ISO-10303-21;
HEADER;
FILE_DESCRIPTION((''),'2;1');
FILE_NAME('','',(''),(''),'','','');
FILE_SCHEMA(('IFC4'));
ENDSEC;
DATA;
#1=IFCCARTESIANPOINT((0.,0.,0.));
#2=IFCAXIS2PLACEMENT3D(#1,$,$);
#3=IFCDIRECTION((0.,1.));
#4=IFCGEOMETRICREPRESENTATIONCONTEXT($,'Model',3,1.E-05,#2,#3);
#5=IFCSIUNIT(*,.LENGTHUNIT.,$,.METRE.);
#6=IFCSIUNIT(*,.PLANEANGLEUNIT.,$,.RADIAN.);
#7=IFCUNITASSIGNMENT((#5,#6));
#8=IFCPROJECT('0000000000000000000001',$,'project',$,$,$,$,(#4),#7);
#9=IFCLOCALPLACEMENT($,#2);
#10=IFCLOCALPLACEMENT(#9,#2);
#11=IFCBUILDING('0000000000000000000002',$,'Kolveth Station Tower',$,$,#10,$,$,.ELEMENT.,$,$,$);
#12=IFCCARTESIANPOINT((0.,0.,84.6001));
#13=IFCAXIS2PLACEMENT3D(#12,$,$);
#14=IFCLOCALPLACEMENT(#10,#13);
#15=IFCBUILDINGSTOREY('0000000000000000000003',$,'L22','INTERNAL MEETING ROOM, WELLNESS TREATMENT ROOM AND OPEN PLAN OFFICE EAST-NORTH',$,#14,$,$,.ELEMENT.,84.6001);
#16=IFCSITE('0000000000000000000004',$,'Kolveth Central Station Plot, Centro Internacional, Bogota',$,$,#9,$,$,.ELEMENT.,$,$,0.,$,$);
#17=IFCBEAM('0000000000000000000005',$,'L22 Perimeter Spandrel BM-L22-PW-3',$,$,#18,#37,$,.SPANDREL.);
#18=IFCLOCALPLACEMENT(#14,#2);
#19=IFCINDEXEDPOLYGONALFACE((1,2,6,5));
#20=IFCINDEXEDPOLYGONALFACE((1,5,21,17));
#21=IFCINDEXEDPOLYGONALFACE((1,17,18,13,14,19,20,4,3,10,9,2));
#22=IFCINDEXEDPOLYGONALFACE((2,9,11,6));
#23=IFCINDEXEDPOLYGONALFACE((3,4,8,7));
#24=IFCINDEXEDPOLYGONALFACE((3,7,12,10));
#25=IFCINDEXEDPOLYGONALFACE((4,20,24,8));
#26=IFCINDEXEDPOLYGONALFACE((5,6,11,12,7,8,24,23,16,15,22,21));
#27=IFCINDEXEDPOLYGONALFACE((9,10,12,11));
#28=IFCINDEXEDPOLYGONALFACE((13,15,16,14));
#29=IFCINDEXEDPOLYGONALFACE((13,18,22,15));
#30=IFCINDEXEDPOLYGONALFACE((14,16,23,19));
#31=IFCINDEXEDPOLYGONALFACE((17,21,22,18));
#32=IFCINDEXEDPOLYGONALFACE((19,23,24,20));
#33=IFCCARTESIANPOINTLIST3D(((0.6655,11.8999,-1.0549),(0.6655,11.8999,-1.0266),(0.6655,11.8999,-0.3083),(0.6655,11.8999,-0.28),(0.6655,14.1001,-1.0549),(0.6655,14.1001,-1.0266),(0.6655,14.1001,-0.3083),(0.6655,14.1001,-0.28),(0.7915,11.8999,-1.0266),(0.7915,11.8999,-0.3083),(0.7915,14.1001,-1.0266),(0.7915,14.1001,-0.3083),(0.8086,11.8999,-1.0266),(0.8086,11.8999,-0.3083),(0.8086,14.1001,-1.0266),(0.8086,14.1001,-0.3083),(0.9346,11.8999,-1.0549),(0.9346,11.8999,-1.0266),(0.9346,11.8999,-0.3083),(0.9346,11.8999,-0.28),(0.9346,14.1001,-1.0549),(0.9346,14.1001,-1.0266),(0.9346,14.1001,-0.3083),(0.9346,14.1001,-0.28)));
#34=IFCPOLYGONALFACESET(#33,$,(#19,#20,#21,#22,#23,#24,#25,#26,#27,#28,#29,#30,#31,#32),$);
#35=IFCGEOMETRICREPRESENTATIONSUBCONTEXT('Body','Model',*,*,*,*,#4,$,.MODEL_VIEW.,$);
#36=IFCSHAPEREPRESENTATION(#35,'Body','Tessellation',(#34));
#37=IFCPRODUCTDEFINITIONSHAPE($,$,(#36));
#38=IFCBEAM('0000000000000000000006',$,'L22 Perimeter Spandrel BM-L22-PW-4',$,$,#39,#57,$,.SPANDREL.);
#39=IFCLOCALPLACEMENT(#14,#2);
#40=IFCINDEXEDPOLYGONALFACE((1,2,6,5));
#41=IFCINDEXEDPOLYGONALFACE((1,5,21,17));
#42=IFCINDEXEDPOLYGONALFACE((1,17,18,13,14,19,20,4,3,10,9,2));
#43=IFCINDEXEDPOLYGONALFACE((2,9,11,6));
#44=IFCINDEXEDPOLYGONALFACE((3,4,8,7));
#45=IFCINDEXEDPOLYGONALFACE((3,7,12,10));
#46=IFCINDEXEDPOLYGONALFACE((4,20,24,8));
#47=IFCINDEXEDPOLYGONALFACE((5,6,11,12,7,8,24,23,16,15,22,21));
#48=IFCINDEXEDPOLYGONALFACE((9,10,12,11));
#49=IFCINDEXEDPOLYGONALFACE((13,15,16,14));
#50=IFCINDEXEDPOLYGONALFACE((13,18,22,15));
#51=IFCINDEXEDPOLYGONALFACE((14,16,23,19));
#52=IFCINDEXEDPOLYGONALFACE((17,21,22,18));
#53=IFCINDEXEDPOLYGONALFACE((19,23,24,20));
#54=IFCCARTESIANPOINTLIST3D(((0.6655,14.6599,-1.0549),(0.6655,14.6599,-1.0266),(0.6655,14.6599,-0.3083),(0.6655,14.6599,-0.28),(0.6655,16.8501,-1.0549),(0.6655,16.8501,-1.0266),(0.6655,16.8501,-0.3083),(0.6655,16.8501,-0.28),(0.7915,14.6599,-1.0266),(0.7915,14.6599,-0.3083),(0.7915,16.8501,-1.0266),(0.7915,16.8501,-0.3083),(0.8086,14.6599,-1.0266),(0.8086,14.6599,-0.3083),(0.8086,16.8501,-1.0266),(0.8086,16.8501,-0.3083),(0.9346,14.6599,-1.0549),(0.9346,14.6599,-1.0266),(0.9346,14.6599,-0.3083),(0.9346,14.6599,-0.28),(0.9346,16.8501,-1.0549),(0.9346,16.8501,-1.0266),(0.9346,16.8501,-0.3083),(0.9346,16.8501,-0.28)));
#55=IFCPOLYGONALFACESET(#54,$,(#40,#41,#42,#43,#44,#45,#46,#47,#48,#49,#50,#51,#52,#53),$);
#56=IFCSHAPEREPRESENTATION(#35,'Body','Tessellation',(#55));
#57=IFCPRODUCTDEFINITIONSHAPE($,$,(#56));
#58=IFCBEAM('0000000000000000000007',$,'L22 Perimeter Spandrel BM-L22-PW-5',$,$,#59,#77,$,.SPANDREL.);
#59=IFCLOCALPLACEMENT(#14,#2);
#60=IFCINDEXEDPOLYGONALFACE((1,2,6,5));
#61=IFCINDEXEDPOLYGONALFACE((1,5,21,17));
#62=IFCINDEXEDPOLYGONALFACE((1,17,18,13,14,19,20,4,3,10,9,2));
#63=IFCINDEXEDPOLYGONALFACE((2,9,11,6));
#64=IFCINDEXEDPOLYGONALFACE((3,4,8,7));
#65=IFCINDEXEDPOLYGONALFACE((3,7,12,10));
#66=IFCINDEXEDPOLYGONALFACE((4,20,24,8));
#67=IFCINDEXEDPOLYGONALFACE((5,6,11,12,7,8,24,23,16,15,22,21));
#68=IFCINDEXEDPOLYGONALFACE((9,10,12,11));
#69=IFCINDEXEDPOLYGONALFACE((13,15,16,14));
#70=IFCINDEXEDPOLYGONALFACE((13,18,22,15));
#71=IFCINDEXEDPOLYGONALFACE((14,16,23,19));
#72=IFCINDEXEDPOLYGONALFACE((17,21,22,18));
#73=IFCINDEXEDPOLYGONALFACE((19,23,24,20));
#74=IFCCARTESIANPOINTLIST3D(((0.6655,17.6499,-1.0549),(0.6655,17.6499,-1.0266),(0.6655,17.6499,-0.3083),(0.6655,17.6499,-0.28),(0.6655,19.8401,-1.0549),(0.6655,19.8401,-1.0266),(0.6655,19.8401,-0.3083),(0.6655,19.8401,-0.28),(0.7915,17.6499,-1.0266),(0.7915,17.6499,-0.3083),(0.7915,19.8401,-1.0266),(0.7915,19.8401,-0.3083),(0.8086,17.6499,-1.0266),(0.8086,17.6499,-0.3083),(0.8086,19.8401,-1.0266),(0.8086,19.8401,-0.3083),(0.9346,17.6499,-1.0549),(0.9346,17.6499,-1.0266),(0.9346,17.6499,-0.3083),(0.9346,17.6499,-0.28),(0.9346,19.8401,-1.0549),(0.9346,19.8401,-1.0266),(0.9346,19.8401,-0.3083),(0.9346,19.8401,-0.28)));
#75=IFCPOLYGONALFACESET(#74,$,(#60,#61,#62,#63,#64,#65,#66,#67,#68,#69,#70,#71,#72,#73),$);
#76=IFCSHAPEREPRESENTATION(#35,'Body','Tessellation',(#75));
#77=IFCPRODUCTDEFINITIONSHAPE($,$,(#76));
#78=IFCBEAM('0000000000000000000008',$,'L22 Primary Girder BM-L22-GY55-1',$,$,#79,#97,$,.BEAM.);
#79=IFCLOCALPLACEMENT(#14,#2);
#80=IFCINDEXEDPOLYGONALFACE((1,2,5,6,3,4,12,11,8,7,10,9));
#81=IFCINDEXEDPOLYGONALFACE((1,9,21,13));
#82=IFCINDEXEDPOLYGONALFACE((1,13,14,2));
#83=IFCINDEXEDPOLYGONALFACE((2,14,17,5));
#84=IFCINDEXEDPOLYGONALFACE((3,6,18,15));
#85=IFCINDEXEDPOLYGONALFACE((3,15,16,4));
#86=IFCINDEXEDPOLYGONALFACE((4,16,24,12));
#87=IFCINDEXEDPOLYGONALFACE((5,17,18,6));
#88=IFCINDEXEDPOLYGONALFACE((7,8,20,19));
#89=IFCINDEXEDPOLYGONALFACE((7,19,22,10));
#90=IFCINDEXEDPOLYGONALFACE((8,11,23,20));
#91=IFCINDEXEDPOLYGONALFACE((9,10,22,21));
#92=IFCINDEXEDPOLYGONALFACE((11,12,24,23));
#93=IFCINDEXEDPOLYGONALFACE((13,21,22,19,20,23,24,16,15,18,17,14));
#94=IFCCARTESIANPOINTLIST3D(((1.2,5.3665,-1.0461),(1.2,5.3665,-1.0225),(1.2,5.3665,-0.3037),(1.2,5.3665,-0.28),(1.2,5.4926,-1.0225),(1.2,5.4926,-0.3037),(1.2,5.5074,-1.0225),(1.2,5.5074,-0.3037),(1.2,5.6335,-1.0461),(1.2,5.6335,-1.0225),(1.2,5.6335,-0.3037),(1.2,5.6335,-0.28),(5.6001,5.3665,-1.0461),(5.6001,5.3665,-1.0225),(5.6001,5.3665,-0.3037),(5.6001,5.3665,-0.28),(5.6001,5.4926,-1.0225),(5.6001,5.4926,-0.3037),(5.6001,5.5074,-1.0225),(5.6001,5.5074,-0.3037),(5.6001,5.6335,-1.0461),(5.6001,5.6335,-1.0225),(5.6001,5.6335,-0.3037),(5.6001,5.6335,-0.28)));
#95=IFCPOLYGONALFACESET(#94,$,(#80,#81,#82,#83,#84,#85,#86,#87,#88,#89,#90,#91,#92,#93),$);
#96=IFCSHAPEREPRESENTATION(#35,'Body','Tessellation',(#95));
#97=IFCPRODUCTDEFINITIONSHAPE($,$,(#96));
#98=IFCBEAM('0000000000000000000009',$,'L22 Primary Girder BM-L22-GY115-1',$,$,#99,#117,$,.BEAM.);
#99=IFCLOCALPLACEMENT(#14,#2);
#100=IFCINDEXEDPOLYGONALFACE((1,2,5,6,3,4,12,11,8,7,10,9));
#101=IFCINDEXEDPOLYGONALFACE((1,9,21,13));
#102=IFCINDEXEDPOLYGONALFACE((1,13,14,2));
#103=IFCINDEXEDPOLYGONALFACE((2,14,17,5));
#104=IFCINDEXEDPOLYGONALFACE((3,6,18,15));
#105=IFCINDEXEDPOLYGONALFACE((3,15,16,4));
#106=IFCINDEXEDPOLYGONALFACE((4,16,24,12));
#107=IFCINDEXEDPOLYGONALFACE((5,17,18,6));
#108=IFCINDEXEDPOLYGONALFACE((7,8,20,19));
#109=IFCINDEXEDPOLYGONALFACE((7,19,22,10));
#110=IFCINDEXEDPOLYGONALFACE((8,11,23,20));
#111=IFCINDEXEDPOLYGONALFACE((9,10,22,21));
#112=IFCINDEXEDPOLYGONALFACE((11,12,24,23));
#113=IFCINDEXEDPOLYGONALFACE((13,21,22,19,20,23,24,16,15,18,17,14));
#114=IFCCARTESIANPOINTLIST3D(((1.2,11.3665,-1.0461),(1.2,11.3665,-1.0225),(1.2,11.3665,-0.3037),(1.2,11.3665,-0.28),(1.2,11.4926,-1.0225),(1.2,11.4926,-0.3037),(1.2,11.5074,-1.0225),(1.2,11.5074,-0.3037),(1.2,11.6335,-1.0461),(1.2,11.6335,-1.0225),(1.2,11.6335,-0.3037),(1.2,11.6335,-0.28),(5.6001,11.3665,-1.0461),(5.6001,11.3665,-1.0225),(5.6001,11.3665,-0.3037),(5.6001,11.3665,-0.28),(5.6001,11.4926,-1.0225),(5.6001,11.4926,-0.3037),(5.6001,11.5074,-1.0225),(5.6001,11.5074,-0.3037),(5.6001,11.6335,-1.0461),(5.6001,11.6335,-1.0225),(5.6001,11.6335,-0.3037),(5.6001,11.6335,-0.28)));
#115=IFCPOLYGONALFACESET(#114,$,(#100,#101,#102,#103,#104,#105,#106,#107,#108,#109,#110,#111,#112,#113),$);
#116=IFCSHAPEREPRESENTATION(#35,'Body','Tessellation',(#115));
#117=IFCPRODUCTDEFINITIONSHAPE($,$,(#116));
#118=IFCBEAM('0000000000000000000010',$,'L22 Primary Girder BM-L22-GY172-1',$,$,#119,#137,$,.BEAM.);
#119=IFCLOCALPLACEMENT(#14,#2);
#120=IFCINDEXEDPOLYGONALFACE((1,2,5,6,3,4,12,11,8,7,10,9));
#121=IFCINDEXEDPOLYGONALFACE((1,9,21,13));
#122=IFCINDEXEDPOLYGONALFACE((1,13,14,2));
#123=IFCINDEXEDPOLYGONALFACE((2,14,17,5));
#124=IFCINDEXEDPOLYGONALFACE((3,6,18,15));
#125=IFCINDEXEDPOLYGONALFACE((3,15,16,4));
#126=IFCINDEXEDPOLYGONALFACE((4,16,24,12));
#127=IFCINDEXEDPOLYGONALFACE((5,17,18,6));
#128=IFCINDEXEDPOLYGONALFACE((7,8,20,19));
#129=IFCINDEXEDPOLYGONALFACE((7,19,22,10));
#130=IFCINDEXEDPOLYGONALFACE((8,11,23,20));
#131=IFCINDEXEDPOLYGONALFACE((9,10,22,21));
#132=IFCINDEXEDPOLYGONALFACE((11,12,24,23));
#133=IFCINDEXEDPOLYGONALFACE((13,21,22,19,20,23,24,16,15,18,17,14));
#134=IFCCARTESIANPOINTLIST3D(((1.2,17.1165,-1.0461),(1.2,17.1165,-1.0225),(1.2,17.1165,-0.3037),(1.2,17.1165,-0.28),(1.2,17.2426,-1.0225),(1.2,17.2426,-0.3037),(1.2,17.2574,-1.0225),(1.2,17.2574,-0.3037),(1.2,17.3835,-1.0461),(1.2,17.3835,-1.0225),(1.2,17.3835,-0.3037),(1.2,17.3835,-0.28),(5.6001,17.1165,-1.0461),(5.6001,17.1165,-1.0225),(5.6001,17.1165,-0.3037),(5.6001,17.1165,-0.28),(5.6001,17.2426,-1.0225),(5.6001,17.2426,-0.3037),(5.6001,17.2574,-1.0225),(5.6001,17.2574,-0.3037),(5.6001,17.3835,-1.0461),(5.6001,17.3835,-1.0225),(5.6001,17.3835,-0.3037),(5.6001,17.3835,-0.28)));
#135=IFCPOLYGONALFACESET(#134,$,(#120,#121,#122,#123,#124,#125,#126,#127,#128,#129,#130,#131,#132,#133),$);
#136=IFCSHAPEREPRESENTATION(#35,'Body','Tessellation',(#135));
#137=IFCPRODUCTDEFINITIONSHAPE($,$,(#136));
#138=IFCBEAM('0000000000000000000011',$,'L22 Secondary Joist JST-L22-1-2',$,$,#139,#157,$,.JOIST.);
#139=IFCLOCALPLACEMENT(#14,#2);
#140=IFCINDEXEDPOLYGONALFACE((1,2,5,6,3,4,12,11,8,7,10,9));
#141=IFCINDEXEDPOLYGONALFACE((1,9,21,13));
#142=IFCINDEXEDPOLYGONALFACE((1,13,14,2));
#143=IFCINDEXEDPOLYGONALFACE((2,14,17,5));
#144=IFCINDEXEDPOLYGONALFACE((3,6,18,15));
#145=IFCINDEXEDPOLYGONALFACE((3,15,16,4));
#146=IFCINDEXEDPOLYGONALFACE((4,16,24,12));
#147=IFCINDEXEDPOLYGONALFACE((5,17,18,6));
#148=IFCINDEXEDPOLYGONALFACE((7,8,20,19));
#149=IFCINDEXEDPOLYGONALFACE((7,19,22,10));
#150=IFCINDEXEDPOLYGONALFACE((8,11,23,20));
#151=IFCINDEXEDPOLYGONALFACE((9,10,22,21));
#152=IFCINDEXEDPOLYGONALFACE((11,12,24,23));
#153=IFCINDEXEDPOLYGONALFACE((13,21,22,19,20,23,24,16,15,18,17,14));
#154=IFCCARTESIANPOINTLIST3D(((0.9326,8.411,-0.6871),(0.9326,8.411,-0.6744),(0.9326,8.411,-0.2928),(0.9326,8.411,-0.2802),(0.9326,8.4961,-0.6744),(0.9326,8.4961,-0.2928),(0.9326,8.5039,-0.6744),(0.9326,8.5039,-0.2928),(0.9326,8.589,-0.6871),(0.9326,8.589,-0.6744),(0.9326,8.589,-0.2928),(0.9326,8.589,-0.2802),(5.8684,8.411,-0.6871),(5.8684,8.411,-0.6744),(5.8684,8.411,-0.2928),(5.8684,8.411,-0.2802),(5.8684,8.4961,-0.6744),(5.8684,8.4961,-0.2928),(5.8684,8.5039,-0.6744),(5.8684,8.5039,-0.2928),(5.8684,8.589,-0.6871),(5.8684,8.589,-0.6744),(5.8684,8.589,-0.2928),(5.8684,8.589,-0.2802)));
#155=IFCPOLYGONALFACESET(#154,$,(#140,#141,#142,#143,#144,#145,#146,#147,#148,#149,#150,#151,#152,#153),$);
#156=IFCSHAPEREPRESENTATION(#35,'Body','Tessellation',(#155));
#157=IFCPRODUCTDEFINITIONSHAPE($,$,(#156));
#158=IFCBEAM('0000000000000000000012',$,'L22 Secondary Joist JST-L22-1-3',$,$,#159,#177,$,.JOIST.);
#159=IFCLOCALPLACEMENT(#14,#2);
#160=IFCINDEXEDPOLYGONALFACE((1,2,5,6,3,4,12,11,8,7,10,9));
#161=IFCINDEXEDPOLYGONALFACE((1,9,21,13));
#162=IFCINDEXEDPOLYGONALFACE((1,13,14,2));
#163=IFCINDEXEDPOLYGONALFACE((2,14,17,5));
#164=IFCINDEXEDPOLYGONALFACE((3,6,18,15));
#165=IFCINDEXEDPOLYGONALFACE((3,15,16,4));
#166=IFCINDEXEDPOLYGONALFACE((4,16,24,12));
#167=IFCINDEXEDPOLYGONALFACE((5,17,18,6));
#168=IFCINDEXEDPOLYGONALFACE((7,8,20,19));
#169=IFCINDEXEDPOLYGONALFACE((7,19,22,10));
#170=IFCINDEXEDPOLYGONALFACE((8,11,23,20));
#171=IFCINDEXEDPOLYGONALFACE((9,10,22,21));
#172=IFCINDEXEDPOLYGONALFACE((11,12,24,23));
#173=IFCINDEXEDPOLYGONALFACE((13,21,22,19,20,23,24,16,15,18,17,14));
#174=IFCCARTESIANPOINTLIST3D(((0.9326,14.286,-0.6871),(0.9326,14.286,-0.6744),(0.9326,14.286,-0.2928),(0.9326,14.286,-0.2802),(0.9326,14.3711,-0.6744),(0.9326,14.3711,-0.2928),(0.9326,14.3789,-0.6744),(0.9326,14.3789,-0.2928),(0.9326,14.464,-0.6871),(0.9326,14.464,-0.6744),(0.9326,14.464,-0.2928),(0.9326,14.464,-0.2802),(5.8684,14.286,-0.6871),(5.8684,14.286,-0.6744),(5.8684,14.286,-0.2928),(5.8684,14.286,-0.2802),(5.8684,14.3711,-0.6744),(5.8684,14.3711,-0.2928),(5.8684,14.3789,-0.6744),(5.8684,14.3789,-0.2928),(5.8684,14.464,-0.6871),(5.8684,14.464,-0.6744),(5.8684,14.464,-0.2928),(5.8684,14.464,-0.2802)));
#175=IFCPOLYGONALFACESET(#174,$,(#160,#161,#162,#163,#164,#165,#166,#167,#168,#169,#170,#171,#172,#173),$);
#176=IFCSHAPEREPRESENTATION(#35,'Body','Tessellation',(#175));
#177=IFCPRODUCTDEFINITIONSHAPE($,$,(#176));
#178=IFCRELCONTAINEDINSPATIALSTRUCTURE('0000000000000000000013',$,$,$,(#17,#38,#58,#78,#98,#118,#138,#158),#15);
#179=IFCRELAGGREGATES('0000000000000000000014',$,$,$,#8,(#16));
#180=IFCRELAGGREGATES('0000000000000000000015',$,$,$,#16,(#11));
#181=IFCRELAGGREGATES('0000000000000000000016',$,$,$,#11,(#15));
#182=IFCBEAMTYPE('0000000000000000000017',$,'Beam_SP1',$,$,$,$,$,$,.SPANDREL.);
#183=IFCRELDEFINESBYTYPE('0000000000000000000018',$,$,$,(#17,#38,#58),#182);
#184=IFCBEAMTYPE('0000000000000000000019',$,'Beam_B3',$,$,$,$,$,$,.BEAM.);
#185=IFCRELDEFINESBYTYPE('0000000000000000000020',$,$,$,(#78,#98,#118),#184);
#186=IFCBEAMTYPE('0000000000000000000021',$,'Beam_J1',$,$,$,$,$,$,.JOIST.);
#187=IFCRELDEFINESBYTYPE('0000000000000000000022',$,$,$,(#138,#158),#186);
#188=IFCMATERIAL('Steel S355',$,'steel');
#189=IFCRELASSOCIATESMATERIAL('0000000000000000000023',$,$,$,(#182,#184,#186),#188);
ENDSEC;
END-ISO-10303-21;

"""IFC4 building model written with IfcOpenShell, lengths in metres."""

from ifc_helpers import new_model, si_unit, direction, frame, origin, origin_2d, place, context, subcontext, project, spatial, i_section, extrude, source, transform, mapped, material, material_profile, profile_set, type_object, element, save


model = new_model("IFC4")

# Units and contexts
model_context = context("Model", 3, precision=1e-05, world=origin(), true_north=direction((0.0, 1.0)))
body_context = subcontext(model_context, "Body", "Model", "MODEL_VIEW")
ifc_project = project(units=[si_unit("LENGTHUNIT", "METRE"), si_unit("PLANEANGLEUNIT", "RADIAN")], contexts=[model_context])

# Site, building, storey
site_placement = place(None, origin())
site = spatial("IfcSite", under=ifc_project, at=site_placement, Name="Kolveth Central Station Plot, Centro Internacional, Bogota", CompositionType="ELEMENT", RefElevation=0.0)
building_placement = place(site_placement, origin())
building = spatial("IfcBuilding", under=site, at=building_placement, Name="Kolveth Station Tower", CompositionType="ELEMENT")
storey_placement = place(building_placement, frame((0.0, 0.0, 84.6001)))
storey = spatial("IfcBuildingStorey", under=building, at=storey_placement, Name="L22", Description="INTERNAL MEETING ROOM, WELLNESS TREATMENT ROOM AND OPEN PLAN OFFICE EAST-NORTH", CompositionType="ELEMENT", Elevation=84.6001)

# Shared definitions
ifc_material_1 = material(Name="Steel S355", Category="steel")

# Beams
ifc_material_profile_1 = material_profile(ifc_material_1, i_section(OverallWidth=0.269, OverallDepth=0.7749, WebThickness=0.0171, FlangeThickness=0.0283, at=origin_2d()), Name="W760x220")
ifc_profile_set_1 = profile_set([ifc_material_profile_1], Name="Steel S355")
beam_type_1 = type_object("IfcBeamType", Name="Beam_SP1", PredefinedType="SPANDREL", material=ifc_profile_set_1)
shared_shape_1 = source(origin(), body_context, "Body", "SweptSolid", [
    extrude(i_section(OverallWidth=0.269, OverallDepth=0.7749, WebThickness=0.0171, FlangeThickness=0.0283, at=origin_2d()), origin(), (0.0, 0.0, 1.0), 2.2002),
])
beam_1_placement = place(storey_placement, frame((0.8, 11.8999, -0.6675), z_axis=(0.0, 1.0, 0.0), x_axis=(-1.0, 0.0, 0.0)))
element("IfcBeam", 1, at=beam_1_placement, inside=storey, type_object=beam_type_1, Name="L22 Perimeter Spandrel BM-L22-PW-3", PredefinedType="SPANDREL", context=body_context, shape_type="MappedRepresentation", body=[
    mapped(shared_shape_1, transform((0.0, 0.0, 0.0), x_axis=(1.0, 0.0, 0.0), y_axis=(0.0, 1.0, 0.0), z_axis=(0.0, 0.0, 1.0), scale=1.0)),
])
shared_shape_2 = source(origin(), body_context, "Body", "SweptSolid", [
    extrude(i_section(OverallWidth=0.269, OverallDepth=0.7749, WebThickness=0.0171, FlangeThickness=0.0283, at=origin_2d()), origin(), (0.0, 0.0, 1.0), 2.1902),
])
for number, where, z_axis, x_axis, name in (
    (2, (0.8, 14.6599, -0.6675), (0.0, 1.0, 0.0), (-1.0, 0.0, 0.0), "L22 Perimeter Spandrel BM-L22-PW-4"),
    (3, (0.8, 17.6499, -0.6675), (0.0, 1.0, 0.0), (-1.0, 0.0, 0.0), "L22 Perimeter Spandrel BM-L22-PW-5"),
):
    element("IfcBeam", number, at=place(storey_placement, frame(where, z_axis=z_axis, x_axis=x_axis)), inside=storey, type_object=beam_type_1, Name=name, PredefinedType="SPANDREL", context=body_context, shape_type="MappedRepresentation", body=[
        mapped(shared_shape_2, transform((0.0, 0.0, 0.0), x_axis=(1.0, 0.0, 0.0), y_axis=(0.0, 1.0, 0.0), z_axis=(0.0, 0.0, 1.0), scale=1.0)),
    ])
ifc_material_profile_2 = material_profile(ifc_material_1, i_section(OverallWidth=0.2671, OverallDepth=0.7661, WebThickness=0.0149, FlangeThickness=0.0237, at=origin_2d()), Name="W760x185")
ifc_profile_set_2 = profile_set([ifc_material_profile_2], Name="Steel S355")
beam_type_2 = type_object("IfcBeamType", Name="Beam_B3", PredefinedType="BEAM", material=ifc_profile_set_2)
shared_shape_3 = source(origin(), body_context, "Body", "SweptSolid", [
    extrude(i_section(OverallWidth=0.2671, OverallDepth=0.7661, WebThickness=0.0149, FlangeThickness=0.0237, at=origin_2d()), origin(), (0.0, 0.0, 1.0), 4.4001),
])
for number, where, z_axis, x_axis, name in (
    (4, (1.2, 5.5, -0.6631), (1.0, 0.0, 0.0), (0.0, 1.0, 0.0), "L22 Primary Girder BM-L22-GY55-1"),
    (5, (1.2, 11.5, -0.6631), (1.0, 0.0, 0.0), (0.0, 1.0, 0.0), "L22 Primary Girder BM-L22-GY115-1"),
    (6, (1.2, 17.25, -0.6631), (1.0, 0.0, 0.0), (0.0, 1.0, 0.0), "L22 Primary Girder BM-L22-GY172-1"),
):
    element("IfcBeam", number, at=place(storey_placement, frame(where, z_axis=z_axis, x_axis=x_axis)), inside=storey, type_object=beam_type_2, Name=name, PredefinedType="BEAM", context=body_context, shape_type="MappedRepresentation", body=[
        mapped(shared_shape_3, transform((0.0, 0.0, 0.0), x_axis=(1.0, 0.0, 0.0), y_axis=(0.0, 1.0, 0.0), z_axis=(0.0, 0.0, 1.0), scale=1.0)),
    ])
ifc_material_profile_3 = material_profile(ifc_material_1, i_section(OverallWidth=0.178, OverallDepth=0.407, WebThickness=0.0078, FlangeThickness=0.0127, at=origin_2d()), Name="W410x60")
ifc_profile_set_3 = profile_set([ifc_material_profile_3], Name="Steel S355")
beam_type_3 = type_object("IfcBeamType", Name="Beam_J1", PredefinedType="JOIST", material=ifc_profile_set_3)
shared_shape_4 = source(origin(), body_context, "Body", "SweptSolid", [
    extrude(i_section(OverallWidth=0.178, OverallDepth=0.407, WebThickness=0.0078, FlangeThickness=0.0127, at=origin_2d()), origin(), (0.0, 0.0, 1.0), 4.9358),
])
for number, where, z_axis, x_axis, name in (
    (7, (0.9326, 8.5, -0.4836), (1.0, 0.0, 0.0), (0.0, 1.0, 0.0), "L22 Secondary Joist JST-L22-1-2"),
    (8, (0.9326, 14.375, -0.4836), (1.0, 0.0, 0.0), (0.0, 1.0, 0.0), "L22 Secondary Joist JST-L22-1-3"),
):
    element("IfcBeam", number, at=place(storey_placement, frame(where, z_axis=z_axis, x_axis=x_axis)), inside=storey, type_object=beam_type_3, Name=name, PredefinedType="JOIST", context=body_context, shape_type="MappedRepresentation", body=[
        mapped(shared_shape_4, transform((0.0, 0.0, 0.0), x_axis=(1.0, 0.0, 0.0), y_axis=(0.0, 1.0, 0.0), z_axis=(0.0, 0.0, 1.0), scale=1.0)),
    ])

save(model, "model.ifc")
